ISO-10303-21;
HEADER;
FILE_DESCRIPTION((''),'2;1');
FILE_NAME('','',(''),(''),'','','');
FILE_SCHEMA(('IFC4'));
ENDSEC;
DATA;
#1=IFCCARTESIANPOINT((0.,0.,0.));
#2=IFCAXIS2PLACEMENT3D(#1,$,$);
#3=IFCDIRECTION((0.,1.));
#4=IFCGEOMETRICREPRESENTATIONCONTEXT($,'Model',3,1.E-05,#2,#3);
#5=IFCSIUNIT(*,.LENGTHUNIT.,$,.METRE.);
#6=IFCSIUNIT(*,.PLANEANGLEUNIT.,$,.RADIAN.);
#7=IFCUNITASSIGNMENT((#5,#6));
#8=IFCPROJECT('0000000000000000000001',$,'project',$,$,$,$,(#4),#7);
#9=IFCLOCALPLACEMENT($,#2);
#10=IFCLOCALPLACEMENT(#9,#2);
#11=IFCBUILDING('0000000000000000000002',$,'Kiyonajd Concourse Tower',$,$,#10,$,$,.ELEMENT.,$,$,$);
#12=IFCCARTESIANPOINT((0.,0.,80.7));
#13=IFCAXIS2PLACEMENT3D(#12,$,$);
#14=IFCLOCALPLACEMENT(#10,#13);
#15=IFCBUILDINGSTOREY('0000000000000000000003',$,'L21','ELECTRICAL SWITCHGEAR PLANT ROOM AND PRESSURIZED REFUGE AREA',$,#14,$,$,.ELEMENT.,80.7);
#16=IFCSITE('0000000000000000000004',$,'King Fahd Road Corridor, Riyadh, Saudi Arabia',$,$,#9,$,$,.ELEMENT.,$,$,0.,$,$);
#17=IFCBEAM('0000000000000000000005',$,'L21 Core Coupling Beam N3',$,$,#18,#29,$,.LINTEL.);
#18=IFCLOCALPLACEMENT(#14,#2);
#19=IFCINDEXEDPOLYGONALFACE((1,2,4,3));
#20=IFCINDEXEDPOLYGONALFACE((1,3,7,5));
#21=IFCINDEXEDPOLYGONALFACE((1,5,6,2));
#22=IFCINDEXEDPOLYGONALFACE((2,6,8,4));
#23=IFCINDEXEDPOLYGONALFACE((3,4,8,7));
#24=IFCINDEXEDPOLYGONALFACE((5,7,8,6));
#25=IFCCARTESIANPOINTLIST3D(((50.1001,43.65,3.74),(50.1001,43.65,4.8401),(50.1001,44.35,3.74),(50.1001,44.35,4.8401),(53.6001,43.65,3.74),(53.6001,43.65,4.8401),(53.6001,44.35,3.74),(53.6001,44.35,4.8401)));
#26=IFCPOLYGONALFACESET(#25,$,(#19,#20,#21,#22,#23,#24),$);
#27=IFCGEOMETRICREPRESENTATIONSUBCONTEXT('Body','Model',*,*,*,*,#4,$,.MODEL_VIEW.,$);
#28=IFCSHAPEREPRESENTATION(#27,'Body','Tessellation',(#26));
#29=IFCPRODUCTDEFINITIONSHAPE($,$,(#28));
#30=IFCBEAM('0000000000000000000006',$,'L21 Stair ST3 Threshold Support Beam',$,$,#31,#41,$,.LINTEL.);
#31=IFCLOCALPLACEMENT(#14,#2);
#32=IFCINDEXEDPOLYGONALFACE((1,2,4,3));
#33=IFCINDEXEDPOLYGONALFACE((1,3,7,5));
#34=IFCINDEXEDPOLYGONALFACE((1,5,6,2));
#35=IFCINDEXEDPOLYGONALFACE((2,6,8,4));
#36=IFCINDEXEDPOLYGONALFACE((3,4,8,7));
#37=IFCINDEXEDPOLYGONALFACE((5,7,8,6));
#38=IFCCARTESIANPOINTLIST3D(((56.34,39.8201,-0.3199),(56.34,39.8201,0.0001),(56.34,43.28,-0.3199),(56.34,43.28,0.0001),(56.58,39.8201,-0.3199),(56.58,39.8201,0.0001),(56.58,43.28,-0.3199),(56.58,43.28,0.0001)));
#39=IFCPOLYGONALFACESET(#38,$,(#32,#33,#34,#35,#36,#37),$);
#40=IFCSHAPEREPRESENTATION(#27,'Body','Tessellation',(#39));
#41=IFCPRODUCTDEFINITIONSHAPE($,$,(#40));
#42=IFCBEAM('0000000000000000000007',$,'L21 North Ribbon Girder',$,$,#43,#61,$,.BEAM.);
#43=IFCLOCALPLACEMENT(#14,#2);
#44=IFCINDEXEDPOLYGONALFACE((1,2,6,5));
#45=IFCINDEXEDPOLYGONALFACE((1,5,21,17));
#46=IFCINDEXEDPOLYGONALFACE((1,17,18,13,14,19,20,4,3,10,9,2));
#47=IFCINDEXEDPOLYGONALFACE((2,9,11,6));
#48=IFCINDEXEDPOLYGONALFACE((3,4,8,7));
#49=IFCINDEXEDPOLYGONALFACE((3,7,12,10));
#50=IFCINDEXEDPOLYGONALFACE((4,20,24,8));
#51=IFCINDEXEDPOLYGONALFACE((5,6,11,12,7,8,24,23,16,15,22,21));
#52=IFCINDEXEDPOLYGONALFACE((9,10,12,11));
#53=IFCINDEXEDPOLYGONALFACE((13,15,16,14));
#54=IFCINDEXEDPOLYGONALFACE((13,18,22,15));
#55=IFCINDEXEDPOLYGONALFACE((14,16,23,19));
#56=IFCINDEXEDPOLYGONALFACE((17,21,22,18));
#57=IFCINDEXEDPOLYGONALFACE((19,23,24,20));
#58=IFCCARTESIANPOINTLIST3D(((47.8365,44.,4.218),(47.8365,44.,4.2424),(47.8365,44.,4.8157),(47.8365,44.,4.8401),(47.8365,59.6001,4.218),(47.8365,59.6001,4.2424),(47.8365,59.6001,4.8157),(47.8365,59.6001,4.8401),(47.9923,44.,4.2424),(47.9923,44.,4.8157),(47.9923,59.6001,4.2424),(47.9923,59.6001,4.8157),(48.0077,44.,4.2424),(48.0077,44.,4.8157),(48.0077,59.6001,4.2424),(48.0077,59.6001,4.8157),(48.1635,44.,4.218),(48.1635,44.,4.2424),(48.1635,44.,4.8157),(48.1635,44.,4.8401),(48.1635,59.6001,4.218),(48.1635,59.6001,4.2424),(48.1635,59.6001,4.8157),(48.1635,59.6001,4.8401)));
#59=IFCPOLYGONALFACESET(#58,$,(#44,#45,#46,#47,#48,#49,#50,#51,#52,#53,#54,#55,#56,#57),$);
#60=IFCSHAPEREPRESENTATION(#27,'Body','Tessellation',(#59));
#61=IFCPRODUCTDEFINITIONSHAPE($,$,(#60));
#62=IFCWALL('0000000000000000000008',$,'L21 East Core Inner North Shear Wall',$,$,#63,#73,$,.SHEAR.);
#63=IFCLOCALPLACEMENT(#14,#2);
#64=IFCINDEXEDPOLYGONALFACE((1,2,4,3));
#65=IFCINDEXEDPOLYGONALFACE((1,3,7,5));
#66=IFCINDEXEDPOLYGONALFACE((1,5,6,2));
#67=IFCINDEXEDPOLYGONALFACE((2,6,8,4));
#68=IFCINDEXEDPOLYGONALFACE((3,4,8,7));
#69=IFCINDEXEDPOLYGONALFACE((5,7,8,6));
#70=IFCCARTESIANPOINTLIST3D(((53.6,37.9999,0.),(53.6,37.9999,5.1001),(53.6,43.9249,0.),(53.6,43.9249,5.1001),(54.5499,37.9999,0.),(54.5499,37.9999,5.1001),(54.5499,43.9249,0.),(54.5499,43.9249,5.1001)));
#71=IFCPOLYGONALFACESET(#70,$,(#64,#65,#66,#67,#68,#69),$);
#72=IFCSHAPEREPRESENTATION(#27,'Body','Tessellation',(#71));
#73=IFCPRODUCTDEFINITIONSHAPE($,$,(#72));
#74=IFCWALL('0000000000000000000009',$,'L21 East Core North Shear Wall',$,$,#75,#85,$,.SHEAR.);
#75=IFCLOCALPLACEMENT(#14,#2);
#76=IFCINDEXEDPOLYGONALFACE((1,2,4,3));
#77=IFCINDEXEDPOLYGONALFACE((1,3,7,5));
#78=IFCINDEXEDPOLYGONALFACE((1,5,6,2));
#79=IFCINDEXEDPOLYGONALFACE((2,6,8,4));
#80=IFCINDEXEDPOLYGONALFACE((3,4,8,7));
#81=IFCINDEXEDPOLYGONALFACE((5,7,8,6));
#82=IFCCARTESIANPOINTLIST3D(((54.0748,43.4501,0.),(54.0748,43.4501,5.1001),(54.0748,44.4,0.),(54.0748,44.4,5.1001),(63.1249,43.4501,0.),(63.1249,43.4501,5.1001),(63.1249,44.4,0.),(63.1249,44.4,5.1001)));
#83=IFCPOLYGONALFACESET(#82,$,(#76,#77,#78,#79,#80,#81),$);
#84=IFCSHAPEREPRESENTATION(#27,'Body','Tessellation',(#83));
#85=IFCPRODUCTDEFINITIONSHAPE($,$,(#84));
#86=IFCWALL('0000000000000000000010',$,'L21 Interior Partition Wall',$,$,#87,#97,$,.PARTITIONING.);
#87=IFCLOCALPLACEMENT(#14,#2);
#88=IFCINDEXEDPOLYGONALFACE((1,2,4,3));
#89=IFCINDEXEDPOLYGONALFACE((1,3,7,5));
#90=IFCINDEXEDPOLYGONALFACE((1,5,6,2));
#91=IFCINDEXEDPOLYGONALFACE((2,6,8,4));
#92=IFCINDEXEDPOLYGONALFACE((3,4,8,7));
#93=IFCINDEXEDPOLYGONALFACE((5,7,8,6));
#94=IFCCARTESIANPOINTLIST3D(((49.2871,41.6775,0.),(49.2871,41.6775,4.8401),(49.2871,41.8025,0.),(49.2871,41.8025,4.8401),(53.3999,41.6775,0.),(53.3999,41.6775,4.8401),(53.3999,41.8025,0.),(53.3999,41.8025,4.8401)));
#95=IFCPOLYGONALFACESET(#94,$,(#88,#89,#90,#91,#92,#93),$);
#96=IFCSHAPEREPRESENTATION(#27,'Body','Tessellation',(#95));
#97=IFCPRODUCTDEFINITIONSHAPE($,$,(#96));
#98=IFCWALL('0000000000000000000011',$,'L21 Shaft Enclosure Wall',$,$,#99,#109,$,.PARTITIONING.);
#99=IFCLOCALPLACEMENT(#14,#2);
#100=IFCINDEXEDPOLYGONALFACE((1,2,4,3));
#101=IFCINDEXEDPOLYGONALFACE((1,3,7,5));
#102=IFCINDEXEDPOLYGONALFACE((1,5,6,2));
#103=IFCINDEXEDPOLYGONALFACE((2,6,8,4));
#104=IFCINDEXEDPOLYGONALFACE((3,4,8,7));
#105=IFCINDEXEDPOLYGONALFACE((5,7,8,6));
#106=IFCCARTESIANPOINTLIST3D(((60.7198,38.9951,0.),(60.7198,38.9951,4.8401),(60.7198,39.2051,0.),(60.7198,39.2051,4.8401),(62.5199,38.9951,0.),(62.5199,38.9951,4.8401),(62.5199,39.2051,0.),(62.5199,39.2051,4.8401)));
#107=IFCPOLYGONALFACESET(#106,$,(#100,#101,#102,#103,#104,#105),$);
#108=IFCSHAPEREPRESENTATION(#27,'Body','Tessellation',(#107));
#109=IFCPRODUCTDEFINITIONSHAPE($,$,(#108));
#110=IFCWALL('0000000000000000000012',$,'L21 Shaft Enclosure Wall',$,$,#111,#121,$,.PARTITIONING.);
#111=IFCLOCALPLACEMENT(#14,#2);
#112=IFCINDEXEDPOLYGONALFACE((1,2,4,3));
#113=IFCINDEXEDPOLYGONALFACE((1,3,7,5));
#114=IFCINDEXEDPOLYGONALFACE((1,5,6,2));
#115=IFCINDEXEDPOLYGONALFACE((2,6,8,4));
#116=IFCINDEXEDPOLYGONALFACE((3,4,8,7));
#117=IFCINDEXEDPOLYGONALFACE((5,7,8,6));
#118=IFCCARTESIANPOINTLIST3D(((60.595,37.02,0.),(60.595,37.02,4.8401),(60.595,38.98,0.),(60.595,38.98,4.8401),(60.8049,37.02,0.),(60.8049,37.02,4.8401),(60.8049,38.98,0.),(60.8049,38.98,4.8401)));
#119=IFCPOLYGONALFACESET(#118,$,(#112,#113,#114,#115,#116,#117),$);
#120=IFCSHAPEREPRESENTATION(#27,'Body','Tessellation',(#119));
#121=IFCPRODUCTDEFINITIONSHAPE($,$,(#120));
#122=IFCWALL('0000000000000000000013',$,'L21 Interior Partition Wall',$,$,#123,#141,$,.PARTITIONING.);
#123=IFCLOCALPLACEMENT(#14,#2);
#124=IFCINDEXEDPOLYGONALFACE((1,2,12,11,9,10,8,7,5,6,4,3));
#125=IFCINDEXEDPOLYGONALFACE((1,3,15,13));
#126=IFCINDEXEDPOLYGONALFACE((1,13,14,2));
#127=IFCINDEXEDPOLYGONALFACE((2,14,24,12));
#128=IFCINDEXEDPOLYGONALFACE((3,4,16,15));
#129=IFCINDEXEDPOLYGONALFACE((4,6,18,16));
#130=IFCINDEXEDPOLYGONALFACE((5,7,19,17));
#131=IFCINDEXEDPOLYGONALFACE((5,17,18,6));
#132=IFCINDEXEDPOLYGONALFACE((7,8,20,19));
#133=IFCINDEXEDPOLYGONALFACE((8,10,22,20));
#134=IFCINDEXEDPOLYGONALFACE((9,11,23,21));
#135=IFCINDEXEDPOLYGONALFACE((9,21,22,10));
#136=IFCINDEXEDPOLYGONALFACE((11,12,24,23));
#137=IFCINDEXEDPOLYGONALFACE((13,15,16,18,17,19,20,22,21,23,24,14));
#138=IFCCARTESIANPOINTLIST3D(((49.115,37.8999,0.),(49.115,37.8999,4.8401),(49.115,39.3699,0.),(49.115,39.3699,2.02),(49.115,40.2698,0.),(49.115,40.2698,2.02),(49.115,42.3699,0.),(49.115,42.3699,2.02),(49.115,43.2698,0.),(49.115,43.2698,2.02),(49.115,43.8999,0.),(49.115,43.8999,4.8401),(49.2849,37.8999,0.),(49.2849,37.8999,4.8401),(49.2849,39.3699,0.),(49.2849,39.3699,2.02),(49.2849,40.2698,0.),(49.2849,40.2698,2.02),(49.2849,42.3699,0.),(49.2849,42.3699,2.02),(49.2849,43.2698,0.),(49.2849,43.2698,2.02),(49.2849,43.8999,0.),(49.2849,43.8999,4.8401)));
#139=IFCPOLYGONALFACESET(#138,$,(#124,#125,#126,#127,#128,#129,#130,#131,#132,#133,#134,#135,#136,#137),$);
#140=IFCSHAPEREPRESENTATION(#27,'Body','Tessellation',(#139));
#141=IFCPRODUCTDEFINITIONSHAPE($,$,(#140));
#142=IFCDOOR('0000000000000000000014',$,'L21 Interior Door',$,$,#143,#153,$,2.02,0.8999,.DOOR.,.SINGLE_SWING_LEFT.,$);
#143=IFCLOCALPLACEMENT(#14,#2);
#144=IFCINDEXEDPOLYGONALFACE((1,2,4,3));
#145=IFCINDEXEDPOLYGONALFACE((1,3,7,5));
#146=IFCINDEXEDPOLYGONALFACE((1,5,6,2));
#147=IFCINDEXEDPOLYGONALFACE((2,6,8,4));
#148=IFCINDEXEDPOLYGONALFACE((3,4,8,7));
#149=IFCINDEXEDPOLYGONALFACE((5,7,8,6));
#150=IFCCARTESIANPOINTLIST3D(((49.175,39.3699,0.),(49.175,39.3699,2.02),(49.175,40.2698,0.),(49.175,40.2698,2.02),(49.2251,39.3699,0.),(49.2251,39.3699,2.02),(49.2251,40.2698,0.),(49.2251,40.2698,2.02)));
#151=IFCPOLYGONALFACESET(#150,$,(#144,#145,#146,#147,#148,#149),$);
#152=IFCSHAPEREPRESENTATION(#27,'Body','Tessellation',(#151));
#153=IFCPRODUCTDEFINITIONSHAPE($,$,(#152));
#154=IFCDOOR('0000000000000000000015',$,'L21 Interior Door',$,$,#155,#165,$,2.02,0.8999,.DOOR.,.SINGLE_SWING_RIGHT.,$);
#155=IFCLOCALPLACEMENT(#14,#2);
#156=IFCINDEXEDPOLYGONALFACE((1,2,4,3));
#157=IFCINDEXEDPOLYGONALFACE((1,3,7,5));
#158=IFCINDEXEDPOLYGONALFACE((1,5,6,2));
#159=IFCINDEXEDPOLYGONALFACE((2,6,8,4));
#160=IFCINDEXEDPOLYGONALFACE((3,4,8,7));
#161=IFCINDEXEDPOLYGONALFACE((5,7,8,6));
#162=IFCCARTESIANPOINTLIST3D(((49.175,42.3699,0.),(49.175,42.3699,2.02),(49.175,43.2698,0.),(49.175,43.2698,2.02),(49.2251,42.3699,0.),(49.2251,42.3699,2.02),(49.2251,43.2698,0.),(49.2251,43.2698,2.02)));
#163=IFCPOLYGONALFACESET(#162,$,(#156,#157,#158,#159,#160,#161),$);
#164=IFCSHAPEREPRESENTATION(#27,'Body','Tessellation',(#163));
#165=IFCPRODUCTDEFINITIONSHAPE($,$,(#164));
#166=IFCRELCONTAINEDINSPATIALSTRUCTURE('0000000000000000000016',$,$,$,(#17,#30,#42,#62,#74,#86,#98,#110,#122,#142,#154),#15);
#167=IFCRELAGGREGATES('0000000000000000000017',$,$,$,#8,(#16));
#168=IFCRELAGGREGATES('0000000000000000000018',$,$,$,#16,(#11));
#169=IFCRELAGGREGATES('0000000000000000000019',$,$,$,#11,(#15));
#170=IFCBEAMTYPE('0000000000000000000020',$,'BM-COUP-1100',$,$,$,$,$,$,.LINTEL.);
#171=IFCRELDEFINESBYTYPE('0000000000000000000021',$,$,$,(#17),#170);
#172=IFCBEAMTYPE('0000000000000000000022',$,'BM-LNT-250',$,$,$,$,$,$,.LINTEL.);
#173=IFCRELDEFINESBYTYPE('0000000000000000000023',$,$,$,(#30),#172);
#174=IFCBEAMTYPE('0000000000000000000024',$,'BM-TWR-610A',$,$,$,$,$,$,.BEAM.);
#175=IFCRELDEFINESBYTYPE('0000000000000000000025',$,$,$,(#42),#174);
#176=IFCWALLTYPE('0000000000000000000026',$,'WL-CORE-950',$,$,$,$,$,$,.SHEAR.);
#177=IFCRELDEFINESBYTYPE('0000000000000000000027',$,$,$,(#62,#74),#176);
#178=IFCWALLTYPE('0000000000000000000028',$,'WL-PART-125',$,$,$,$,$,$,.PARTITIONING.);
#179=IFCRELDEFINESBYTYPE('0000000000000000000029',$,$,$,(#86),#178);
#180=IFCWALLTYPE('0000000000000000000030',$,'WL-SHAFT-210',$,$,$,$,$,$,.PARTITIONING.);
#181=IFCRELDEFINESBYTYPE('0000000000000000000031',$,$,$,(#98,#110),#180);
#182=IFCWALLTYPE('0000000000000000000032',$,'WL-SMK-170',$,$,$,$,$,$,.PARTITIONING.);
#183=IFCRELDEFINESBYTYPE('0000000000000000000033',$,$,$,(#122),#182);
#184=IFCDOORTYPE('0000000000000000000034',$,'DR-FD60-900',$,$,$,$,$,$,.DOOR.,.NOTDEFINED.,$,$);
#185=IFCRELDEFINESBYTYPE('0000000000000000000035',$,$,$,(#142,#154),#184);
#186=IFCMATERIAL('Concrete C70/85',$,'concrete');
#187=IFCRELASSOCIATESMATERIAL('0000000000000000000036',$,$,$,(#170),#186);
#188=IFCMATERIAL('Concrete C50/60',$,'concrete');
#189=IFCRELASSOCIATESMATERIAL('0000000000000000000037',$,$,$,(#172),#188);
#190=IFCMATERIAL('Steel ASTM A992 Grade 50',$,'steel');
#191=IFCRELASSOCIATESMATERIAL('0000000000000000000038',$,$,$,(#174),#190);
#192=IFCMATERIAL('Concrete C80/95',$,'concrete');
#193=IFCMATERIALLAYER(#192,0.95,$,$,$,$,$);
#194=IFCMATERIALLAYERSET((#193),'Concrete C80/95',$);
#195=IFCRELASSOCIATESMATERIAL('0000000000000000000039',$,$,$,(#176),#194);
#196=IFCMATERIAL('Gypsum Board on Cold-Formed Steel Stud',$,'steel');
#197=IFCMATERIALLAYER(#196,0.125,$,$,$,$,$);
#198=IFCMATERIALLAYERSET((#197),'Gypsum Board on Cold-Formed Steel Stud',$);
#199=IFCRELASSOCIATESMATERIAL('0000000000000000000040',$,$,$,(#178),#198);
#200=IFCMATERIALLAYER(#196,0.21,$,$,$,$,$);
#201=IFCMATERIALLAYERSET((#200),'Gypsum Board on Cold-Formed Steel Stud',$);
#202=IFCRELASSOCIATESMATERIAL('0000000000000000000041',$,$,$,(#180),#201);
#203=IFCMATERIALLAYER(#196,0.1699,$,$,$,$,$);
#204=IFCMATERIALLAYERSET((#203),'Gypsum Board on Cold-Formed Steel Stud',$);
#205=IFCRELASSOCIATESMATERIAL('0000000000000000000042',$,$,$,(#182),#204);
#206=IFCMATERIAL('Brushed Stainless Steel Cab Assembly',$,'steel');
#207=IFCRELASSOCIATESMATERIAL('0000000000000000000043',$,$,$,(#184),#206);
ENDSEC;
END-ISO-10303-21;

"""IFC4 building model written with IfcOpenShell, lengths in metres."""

from ifc_helpers import new_model, si_unit, direction, frame, frame_2d, origin, origin_2d, place, context, subcontext, project, spatial, rectangle, i_section, extrude, material, layer, layer_set, material_profile, profile_set, type_object, element, fill, save


model = new_model("IFC4")

# Units and contexts
model_context = context("Model", 3, precision=1e-05, world=origin(), true_north=direction((0.0, 1.0)))
body_context = subcontext(model_context, "Body", "Model", "MODEL_VIEW")
ifc_project = project(units=[si_unit("LENGTHUNIT", "METRE"), si_unit("PLANEANGLEUNIT", "RADIAN")], contexts=[model_context])

# Site, building, storey
site_placement = place(None, origin())
site = spatial("IfcSite", under=ifc_project, at=site_placement, Name="King Fahd Road Corridor, Riyadh, Saudi Arabia", CompositionType="ELEMENT", RefElevation=0.0)
building_placement = place(site_placement, origin())
building = spatial("IfcBuilding", under=site, at=building_placement, Name="Kiyonajd Concourse Tower", CompositionType="ELEMENT")
storey_placement = place(building_placement, frame((0.0, 0.0, 80.7)))
storey = spatial("IfcBuildingStorey", under=building, at=storey_placement, Name="L21", Description="ELECTRICAL SWITCHGEAR PLANT ROOM AND PRESSURIZED REFUGE AREA", CompositionType="ELEMENT", Elevation=80.7)

# Beams
ifc_material_1 = material(Name="Concrete C70/85", Category="concrete")
ifc_material_profile_1 = material_profile(ifc_material_1, rectangle(XDim=0.7, YDim=1.1001, at=origin_2d()), Name="RCBM-700x1100")
ifc_profile_set_1 = profile_set([ifc_material_profile_1], Name="Concrete C70/85")
beam_type_1 = type_object("IfcBeamType", Name="BM-COUP-1100", PredefinedType="LINTEL", material=ifc_profile_set_1)
beam_1_placement = place(storey_placement, frame((50.1001, 44.0, 4.29), z_axis=(1.0, 0.0, 0.0), x_axis=(0.0, 1.0, 0.0)))
element("IfcBeam", 1, at=beam_1_placement, inside=storey, type_object=beam_type_1, Name="L21 Core Coupling Beam N3", PredefinedType="LINTEL", context=body_context, shape_type="SweptSolid", body=[
    extrude(rectangle(XDim=0.7, YDim=1.1001, at=origin_2d()), origin(), (0.0, 0.0, 1.0), 3.5),
])
ifc_material_2 = material(Name="Concrete C50/60", Category="concrete")
ifc_material_profile_2 = material_profile(ifc_material_2, rectangle(XDim=0.24, YDim=0.3201, at=origin_2d()), Name="RCBM-240x320")
ifc_profile_set_2 = profile_set([ifc_material_profile_2], Name="Concrete C50/60")
beam_type_2 = type_object("IfcBeamType", Name="BM-LNT-250", PredefinedType="LINTEL", material=ifc_profile_set_2)
beam_2_placement = place(storey_placement, frame((56.46, 39.8201, -0.1599), z_axis=(0.0, 1.0, 0.0), x_axis=(-1.0, 0.0, 0.0)))
element("IfcBeam", 2, at=beam_2_placement, inside=storey, type_object=beam_type_2, Name="L21 Stair ST3 Threshold Support Beam", PredefinedType="LINTEL", context=body_context, shape_type="SweptSolid", body=[
    extrude(rectangle(XDim=0.24, YDim=0.3201, at=origin_2d()), origin(), (0.0, 0.0, 1.0), 3.46),
])
ifc_material_3 = material(Name="Steel ASTM A992 Grade 50", Category="steel")
ifc_material_profile_3 = material_profile(ifc_material_3, i_section(OverallWidth=0.3269, OverallDepth=0.6221, WebThickness=0.0154, FlangeThickness=0.0244, at=origin_2d()), Name="W610X195")
ifc_profile_set_3 = profile_set([ifc_material_profile_3], Name="Steel ASTM A992 Grade 50")
beam_type_3 = type_object("IfcBeamType", Name="BM-TWR-610A", PredefinedType="BEAM", material=ifc_profile_set_3)
beam_3_placement = place(storey_placement, frame((48.0, 44.0, 4.5291), z_axis=(0.0, 1.0, 0.0), x_axis=(-1.0, 0.0, 0.0)))
element("IfcBeam", 3, at=beam_3_placement, inside=storey, type_object=beam_type_3, Name="L21 North Ribbon Girder", PredefinedType="BEAM", context=body_context, shape_type="SweptSolid", body=[
    extrude(i_section(OverallWidth=0.3269, OverallDepth=0.6221, WebThickness=0.0154, FlangeThickness=0.0244, at=origin_2d()), origin(), (0.0, 0.0, 1.0), 15.6001),
])

# Walls
ifc_material_4 = material(Name="Concrete C80/95", Category="concrete")
ifc_layer_1 = layer(ifc_material_4, 0.95)
ifc_layer_set_1 = layer_set([ifc_layer_1], Name="Concrete C80/95")
wall_type_1 = type_object("IfcWallType", Name="WL-CORE-950", PredefinedType="SHEAR", material=ifc_layer_set_1)
wall_1_placement = place(storey_placement, frame((54.075, 38.0, 0.0), z_axis=(0.0, 0.0, 1.0), x_axis=(0.0, 1.0, 0.0)))
element("IfcWall", 4, at=wall_1_placement, inside=storey, type_object=wall_type_1, Name="L21 East Core Inner North Shear Wall", PredefinedType="SHEAR", context=body_context, shape_type="SweptSolid", body=[
    extrude(rectangle(XDim=5.925, YDim=0.95, at=frame_2d((2.9624, 0.0))), origin(), (0.0, 0.0, 1.0), 5.1001),
])
wall_2_placement = place(storey_placement, frame((54.075, 43.925, 0.0), z_axis=(0.0, 0.0, 1.0), x_axis=(1.0, 0.0, 0.0)))
element("IfcWall", 5, at=wall_2_placement, inside=storey, type_object=wall_type_1, Name="L21 East Core North Shear Wall", PredefinedType="SHEAR", context=body_context, shape_type="SweptSolid", body=[
    extrude(rectangle(XDim=9.05, YDim=0.95, at=frame_2d((4.5249, 0.0))), origin(), (0.0, 0.0, 1.0), 5.1001),
])
ifc_material_5 = material(Name="Gypsum Board on Cold-Formed Steel Stud", Category="steel")
ifc_layer_2 = layer(ifc_material_5, 0.125)
ifc_layer_set_2 = layer_set([ifc_layer_2], Name="Gypsum Board on Cold-Formed Steel Stud")
wall_type_2 = type_object("IfcWallType", Name="WL-PART-125", PredefinedType="PARTITIONING", material=ifc_layer_set_2)
wall_3_placement = place(storey_placement, frame((49.2871, 41.74, 0.0), z_axis=(0.0, 0.0, 1.0), x_axis=(1.0, 0.0, 0.0)))
element("IfcWall", 6, at=wall_3_placement, inside=storey, type_object=wall_type_2, Name="L21 Interior Partition Wall", PredefinedType="PARTITIONING", context=body_context, shape_type="SweptSolid", body=[
    extrude(rectangle(XDim=4.1128, YDim=0.125, at=frame_2d((2.0564, 0.0))), origin(), (0.0, 0.0, 1.0), 4.8401),
])
ifc_layer_3 = layer(ifc_material_5, 0.21)
ifc_layer_set_3 = layer_set([ifc_layer_3], Name="Gypsum Board on Cold-Formed Steel Stud")
wall_type_3 = type_object("IfcWallType", Name="WL-SHAFT-210", PredefinedType="PARTITIONING", material=ifc_layer_set_3)
wall_4_placement = place(storey_placement, frame((60.72, 39.1001, 0.0), z_axis=(0.0, 0.0, 1.0), x_axis=(1.0, 0.0, 0.0)))
element("IfcWall", 7, at=wall_4_placement, inside=storey, type_object=wall_type_3, Name="L21 Shaft Enclosure Wall", PredefinedType="PARTITIONING", context=body_context, shape_type="SweptSolid", body=[
    extrude(rectangle(XDim=1.8, YDim=0.21, at=frame_2d((0.8999, 0.0))), origin(), (0.0, 0.0, 1.0), 4.8401),
])
wall_5_placement = place(storey_placement, frame((60.7, 37.02, 0.0), z_axis=(0.0, 0.0, 1.0), x_axis=(0.0, 1.0, 0.0)))
element("IfcWall", 8, at=wall_5_placement, inside=storey, type_object=wall_type_3, Name="L21 Shaft Enclosure Wall", PredefinedType="PARTITIONING", context=body_context, shape_type="SweptSolid", body=[
    extrude(rectangle(XDim=1.96, YDim=0.21, at=frame_2d((0.98, 0.0))), origin(), (0.0, 0.0, 1.0), 4.8401),
])

# Wall, openings, doors
ifc_layer_4 = layer(ifc_material_5, 0.1699)
ifc_layer_set_4 = layer_set([ifc_layer_4], Name="Gypsum Board on Cold-Formed Steel Stud")
wall_type_4 = type_object("IfcWallType", Name="WL-SMK-170", PredefinedType="PARTITIONING", material=ifc_layer_set_4)
wall_6_placement = place(storey_placement, frame((49.2, 37.8999, 0.0), z_axis=(0.0, 0.0, 1.0), x_axis=(0.0, 1.0, 0.0)))
wall_6 = element("IfcWall", 9, at=wall_6_placement, inside=storey, type_object=wall_type_4, Name="L21 Interior Partition Wall", PredefinedType="PARTITIONING", context=body_context, shape_type="SweptSolid", body=[
    extrude(rectangle(XDim=6.0, YDim=0.1699, at=frame_2d((3.0, 0.0))), origin(), (0.0, 0.0, 1.0), 4.8401),
])
opening_1_placement = place(wall_6_placement, frame((1.47, 0.0, 0.0)))
opening_1 = element("IfcOpeningElement", 10, at=opening_1_placement, cuts=wall_6, PredefinedType="OPENING", context=body_context, shape_type="SweptSolid", body=[
    extrude(rectangle(XDim=0.8999, YDim=2.02, at=frame_2d((0.45, 1.01))), frame((0.0, 0.095, 0.0), z_axis=(0.0, -1.0, 0.0), x_axis=(1.0, 0.0, 0.0)), (0.0, 0.0, 1.0), 0.1899),
])
opening_2_placement = place(wall_6_placement, frame((4.47, 0.0, 0.0)))
opening_2 = element("IfcOpeningElement", 11, at=opening_2_placement, cuts=wall_6, PredefinedType="OPENING", context=body_context, shape_type="SweptSolid", body=[
    extrude(rectangle(XDim=0.8999, YDim=2.02, at=frame_2d((0.45, 1.01))), frame((0.0, 0.095, 0.0), z_axis=(0.0, -1.0, 0.0), x_axis=(1.0, 0.0, 0.0)), (0.0, 0.0, 1.0), 0.1899),
])
ifc_material_6 = material(Name="Brushed Stainless Steel Cab Assembly", Category="steel")
door_type_1 = type_object("IfcDoorType", Name="DR-FD60-900", OperationType="NOTDEFINED", PredefinedType="DOOR", material=ifc_material_6)
door_1_placement = place(opening_1_placement, origin())
door_1 = element("IfcDoor", 12, at=door_1_placement, inside=storey, type_object=door_type_1, Name="L21 Interior Door", OperationType="SINGLE_SWING_LEFT", OverallHeight=2.02, OverallWidth=0.8999, PredefinedType="DOOR", context=body_context, shape_type="SweptSolid", body=[
    extrude(rectangle(XDim=0.8999, YDim=2.02, at=frame_2d((0.45, 1.01))), frame((0.0, 0.0249, 0.0), z_axis=(0.0, -1.0, 0.0), x_axis=(1.0, 0.0, 0.0)), (0.0, 0.0, 1.0), 0.05),
])
fill(opening_1, door_1)
door_2_placement = place(opening_2_placement, origin())
door_2 = element("IfcDoor", 13, at=door_2_placement, inside=storey, type_object=door_type_1, Name="L21 Interior Door", OperationType="SINGLE_SWING_RIGHT", OverallHeight=2.02, OverallWidth=0.8999, PredefinedType="DOOR", context=body_context, shape_type="SweptSolid", body=[
    extrude(rectangle(XDim=0.8999, YDim=2.02, at=frame_2d((0.45, 1.01))), frame((0.0, 0.0249, 0.0), z_axis=(0.0, -1.0, 0.0), x_axis=(1.0, 0.0, 0.0)), (0.0, 0.0, 1.0), 0.05),
])
fill(opening_2, door_2)

save(model, "model.ifc")
